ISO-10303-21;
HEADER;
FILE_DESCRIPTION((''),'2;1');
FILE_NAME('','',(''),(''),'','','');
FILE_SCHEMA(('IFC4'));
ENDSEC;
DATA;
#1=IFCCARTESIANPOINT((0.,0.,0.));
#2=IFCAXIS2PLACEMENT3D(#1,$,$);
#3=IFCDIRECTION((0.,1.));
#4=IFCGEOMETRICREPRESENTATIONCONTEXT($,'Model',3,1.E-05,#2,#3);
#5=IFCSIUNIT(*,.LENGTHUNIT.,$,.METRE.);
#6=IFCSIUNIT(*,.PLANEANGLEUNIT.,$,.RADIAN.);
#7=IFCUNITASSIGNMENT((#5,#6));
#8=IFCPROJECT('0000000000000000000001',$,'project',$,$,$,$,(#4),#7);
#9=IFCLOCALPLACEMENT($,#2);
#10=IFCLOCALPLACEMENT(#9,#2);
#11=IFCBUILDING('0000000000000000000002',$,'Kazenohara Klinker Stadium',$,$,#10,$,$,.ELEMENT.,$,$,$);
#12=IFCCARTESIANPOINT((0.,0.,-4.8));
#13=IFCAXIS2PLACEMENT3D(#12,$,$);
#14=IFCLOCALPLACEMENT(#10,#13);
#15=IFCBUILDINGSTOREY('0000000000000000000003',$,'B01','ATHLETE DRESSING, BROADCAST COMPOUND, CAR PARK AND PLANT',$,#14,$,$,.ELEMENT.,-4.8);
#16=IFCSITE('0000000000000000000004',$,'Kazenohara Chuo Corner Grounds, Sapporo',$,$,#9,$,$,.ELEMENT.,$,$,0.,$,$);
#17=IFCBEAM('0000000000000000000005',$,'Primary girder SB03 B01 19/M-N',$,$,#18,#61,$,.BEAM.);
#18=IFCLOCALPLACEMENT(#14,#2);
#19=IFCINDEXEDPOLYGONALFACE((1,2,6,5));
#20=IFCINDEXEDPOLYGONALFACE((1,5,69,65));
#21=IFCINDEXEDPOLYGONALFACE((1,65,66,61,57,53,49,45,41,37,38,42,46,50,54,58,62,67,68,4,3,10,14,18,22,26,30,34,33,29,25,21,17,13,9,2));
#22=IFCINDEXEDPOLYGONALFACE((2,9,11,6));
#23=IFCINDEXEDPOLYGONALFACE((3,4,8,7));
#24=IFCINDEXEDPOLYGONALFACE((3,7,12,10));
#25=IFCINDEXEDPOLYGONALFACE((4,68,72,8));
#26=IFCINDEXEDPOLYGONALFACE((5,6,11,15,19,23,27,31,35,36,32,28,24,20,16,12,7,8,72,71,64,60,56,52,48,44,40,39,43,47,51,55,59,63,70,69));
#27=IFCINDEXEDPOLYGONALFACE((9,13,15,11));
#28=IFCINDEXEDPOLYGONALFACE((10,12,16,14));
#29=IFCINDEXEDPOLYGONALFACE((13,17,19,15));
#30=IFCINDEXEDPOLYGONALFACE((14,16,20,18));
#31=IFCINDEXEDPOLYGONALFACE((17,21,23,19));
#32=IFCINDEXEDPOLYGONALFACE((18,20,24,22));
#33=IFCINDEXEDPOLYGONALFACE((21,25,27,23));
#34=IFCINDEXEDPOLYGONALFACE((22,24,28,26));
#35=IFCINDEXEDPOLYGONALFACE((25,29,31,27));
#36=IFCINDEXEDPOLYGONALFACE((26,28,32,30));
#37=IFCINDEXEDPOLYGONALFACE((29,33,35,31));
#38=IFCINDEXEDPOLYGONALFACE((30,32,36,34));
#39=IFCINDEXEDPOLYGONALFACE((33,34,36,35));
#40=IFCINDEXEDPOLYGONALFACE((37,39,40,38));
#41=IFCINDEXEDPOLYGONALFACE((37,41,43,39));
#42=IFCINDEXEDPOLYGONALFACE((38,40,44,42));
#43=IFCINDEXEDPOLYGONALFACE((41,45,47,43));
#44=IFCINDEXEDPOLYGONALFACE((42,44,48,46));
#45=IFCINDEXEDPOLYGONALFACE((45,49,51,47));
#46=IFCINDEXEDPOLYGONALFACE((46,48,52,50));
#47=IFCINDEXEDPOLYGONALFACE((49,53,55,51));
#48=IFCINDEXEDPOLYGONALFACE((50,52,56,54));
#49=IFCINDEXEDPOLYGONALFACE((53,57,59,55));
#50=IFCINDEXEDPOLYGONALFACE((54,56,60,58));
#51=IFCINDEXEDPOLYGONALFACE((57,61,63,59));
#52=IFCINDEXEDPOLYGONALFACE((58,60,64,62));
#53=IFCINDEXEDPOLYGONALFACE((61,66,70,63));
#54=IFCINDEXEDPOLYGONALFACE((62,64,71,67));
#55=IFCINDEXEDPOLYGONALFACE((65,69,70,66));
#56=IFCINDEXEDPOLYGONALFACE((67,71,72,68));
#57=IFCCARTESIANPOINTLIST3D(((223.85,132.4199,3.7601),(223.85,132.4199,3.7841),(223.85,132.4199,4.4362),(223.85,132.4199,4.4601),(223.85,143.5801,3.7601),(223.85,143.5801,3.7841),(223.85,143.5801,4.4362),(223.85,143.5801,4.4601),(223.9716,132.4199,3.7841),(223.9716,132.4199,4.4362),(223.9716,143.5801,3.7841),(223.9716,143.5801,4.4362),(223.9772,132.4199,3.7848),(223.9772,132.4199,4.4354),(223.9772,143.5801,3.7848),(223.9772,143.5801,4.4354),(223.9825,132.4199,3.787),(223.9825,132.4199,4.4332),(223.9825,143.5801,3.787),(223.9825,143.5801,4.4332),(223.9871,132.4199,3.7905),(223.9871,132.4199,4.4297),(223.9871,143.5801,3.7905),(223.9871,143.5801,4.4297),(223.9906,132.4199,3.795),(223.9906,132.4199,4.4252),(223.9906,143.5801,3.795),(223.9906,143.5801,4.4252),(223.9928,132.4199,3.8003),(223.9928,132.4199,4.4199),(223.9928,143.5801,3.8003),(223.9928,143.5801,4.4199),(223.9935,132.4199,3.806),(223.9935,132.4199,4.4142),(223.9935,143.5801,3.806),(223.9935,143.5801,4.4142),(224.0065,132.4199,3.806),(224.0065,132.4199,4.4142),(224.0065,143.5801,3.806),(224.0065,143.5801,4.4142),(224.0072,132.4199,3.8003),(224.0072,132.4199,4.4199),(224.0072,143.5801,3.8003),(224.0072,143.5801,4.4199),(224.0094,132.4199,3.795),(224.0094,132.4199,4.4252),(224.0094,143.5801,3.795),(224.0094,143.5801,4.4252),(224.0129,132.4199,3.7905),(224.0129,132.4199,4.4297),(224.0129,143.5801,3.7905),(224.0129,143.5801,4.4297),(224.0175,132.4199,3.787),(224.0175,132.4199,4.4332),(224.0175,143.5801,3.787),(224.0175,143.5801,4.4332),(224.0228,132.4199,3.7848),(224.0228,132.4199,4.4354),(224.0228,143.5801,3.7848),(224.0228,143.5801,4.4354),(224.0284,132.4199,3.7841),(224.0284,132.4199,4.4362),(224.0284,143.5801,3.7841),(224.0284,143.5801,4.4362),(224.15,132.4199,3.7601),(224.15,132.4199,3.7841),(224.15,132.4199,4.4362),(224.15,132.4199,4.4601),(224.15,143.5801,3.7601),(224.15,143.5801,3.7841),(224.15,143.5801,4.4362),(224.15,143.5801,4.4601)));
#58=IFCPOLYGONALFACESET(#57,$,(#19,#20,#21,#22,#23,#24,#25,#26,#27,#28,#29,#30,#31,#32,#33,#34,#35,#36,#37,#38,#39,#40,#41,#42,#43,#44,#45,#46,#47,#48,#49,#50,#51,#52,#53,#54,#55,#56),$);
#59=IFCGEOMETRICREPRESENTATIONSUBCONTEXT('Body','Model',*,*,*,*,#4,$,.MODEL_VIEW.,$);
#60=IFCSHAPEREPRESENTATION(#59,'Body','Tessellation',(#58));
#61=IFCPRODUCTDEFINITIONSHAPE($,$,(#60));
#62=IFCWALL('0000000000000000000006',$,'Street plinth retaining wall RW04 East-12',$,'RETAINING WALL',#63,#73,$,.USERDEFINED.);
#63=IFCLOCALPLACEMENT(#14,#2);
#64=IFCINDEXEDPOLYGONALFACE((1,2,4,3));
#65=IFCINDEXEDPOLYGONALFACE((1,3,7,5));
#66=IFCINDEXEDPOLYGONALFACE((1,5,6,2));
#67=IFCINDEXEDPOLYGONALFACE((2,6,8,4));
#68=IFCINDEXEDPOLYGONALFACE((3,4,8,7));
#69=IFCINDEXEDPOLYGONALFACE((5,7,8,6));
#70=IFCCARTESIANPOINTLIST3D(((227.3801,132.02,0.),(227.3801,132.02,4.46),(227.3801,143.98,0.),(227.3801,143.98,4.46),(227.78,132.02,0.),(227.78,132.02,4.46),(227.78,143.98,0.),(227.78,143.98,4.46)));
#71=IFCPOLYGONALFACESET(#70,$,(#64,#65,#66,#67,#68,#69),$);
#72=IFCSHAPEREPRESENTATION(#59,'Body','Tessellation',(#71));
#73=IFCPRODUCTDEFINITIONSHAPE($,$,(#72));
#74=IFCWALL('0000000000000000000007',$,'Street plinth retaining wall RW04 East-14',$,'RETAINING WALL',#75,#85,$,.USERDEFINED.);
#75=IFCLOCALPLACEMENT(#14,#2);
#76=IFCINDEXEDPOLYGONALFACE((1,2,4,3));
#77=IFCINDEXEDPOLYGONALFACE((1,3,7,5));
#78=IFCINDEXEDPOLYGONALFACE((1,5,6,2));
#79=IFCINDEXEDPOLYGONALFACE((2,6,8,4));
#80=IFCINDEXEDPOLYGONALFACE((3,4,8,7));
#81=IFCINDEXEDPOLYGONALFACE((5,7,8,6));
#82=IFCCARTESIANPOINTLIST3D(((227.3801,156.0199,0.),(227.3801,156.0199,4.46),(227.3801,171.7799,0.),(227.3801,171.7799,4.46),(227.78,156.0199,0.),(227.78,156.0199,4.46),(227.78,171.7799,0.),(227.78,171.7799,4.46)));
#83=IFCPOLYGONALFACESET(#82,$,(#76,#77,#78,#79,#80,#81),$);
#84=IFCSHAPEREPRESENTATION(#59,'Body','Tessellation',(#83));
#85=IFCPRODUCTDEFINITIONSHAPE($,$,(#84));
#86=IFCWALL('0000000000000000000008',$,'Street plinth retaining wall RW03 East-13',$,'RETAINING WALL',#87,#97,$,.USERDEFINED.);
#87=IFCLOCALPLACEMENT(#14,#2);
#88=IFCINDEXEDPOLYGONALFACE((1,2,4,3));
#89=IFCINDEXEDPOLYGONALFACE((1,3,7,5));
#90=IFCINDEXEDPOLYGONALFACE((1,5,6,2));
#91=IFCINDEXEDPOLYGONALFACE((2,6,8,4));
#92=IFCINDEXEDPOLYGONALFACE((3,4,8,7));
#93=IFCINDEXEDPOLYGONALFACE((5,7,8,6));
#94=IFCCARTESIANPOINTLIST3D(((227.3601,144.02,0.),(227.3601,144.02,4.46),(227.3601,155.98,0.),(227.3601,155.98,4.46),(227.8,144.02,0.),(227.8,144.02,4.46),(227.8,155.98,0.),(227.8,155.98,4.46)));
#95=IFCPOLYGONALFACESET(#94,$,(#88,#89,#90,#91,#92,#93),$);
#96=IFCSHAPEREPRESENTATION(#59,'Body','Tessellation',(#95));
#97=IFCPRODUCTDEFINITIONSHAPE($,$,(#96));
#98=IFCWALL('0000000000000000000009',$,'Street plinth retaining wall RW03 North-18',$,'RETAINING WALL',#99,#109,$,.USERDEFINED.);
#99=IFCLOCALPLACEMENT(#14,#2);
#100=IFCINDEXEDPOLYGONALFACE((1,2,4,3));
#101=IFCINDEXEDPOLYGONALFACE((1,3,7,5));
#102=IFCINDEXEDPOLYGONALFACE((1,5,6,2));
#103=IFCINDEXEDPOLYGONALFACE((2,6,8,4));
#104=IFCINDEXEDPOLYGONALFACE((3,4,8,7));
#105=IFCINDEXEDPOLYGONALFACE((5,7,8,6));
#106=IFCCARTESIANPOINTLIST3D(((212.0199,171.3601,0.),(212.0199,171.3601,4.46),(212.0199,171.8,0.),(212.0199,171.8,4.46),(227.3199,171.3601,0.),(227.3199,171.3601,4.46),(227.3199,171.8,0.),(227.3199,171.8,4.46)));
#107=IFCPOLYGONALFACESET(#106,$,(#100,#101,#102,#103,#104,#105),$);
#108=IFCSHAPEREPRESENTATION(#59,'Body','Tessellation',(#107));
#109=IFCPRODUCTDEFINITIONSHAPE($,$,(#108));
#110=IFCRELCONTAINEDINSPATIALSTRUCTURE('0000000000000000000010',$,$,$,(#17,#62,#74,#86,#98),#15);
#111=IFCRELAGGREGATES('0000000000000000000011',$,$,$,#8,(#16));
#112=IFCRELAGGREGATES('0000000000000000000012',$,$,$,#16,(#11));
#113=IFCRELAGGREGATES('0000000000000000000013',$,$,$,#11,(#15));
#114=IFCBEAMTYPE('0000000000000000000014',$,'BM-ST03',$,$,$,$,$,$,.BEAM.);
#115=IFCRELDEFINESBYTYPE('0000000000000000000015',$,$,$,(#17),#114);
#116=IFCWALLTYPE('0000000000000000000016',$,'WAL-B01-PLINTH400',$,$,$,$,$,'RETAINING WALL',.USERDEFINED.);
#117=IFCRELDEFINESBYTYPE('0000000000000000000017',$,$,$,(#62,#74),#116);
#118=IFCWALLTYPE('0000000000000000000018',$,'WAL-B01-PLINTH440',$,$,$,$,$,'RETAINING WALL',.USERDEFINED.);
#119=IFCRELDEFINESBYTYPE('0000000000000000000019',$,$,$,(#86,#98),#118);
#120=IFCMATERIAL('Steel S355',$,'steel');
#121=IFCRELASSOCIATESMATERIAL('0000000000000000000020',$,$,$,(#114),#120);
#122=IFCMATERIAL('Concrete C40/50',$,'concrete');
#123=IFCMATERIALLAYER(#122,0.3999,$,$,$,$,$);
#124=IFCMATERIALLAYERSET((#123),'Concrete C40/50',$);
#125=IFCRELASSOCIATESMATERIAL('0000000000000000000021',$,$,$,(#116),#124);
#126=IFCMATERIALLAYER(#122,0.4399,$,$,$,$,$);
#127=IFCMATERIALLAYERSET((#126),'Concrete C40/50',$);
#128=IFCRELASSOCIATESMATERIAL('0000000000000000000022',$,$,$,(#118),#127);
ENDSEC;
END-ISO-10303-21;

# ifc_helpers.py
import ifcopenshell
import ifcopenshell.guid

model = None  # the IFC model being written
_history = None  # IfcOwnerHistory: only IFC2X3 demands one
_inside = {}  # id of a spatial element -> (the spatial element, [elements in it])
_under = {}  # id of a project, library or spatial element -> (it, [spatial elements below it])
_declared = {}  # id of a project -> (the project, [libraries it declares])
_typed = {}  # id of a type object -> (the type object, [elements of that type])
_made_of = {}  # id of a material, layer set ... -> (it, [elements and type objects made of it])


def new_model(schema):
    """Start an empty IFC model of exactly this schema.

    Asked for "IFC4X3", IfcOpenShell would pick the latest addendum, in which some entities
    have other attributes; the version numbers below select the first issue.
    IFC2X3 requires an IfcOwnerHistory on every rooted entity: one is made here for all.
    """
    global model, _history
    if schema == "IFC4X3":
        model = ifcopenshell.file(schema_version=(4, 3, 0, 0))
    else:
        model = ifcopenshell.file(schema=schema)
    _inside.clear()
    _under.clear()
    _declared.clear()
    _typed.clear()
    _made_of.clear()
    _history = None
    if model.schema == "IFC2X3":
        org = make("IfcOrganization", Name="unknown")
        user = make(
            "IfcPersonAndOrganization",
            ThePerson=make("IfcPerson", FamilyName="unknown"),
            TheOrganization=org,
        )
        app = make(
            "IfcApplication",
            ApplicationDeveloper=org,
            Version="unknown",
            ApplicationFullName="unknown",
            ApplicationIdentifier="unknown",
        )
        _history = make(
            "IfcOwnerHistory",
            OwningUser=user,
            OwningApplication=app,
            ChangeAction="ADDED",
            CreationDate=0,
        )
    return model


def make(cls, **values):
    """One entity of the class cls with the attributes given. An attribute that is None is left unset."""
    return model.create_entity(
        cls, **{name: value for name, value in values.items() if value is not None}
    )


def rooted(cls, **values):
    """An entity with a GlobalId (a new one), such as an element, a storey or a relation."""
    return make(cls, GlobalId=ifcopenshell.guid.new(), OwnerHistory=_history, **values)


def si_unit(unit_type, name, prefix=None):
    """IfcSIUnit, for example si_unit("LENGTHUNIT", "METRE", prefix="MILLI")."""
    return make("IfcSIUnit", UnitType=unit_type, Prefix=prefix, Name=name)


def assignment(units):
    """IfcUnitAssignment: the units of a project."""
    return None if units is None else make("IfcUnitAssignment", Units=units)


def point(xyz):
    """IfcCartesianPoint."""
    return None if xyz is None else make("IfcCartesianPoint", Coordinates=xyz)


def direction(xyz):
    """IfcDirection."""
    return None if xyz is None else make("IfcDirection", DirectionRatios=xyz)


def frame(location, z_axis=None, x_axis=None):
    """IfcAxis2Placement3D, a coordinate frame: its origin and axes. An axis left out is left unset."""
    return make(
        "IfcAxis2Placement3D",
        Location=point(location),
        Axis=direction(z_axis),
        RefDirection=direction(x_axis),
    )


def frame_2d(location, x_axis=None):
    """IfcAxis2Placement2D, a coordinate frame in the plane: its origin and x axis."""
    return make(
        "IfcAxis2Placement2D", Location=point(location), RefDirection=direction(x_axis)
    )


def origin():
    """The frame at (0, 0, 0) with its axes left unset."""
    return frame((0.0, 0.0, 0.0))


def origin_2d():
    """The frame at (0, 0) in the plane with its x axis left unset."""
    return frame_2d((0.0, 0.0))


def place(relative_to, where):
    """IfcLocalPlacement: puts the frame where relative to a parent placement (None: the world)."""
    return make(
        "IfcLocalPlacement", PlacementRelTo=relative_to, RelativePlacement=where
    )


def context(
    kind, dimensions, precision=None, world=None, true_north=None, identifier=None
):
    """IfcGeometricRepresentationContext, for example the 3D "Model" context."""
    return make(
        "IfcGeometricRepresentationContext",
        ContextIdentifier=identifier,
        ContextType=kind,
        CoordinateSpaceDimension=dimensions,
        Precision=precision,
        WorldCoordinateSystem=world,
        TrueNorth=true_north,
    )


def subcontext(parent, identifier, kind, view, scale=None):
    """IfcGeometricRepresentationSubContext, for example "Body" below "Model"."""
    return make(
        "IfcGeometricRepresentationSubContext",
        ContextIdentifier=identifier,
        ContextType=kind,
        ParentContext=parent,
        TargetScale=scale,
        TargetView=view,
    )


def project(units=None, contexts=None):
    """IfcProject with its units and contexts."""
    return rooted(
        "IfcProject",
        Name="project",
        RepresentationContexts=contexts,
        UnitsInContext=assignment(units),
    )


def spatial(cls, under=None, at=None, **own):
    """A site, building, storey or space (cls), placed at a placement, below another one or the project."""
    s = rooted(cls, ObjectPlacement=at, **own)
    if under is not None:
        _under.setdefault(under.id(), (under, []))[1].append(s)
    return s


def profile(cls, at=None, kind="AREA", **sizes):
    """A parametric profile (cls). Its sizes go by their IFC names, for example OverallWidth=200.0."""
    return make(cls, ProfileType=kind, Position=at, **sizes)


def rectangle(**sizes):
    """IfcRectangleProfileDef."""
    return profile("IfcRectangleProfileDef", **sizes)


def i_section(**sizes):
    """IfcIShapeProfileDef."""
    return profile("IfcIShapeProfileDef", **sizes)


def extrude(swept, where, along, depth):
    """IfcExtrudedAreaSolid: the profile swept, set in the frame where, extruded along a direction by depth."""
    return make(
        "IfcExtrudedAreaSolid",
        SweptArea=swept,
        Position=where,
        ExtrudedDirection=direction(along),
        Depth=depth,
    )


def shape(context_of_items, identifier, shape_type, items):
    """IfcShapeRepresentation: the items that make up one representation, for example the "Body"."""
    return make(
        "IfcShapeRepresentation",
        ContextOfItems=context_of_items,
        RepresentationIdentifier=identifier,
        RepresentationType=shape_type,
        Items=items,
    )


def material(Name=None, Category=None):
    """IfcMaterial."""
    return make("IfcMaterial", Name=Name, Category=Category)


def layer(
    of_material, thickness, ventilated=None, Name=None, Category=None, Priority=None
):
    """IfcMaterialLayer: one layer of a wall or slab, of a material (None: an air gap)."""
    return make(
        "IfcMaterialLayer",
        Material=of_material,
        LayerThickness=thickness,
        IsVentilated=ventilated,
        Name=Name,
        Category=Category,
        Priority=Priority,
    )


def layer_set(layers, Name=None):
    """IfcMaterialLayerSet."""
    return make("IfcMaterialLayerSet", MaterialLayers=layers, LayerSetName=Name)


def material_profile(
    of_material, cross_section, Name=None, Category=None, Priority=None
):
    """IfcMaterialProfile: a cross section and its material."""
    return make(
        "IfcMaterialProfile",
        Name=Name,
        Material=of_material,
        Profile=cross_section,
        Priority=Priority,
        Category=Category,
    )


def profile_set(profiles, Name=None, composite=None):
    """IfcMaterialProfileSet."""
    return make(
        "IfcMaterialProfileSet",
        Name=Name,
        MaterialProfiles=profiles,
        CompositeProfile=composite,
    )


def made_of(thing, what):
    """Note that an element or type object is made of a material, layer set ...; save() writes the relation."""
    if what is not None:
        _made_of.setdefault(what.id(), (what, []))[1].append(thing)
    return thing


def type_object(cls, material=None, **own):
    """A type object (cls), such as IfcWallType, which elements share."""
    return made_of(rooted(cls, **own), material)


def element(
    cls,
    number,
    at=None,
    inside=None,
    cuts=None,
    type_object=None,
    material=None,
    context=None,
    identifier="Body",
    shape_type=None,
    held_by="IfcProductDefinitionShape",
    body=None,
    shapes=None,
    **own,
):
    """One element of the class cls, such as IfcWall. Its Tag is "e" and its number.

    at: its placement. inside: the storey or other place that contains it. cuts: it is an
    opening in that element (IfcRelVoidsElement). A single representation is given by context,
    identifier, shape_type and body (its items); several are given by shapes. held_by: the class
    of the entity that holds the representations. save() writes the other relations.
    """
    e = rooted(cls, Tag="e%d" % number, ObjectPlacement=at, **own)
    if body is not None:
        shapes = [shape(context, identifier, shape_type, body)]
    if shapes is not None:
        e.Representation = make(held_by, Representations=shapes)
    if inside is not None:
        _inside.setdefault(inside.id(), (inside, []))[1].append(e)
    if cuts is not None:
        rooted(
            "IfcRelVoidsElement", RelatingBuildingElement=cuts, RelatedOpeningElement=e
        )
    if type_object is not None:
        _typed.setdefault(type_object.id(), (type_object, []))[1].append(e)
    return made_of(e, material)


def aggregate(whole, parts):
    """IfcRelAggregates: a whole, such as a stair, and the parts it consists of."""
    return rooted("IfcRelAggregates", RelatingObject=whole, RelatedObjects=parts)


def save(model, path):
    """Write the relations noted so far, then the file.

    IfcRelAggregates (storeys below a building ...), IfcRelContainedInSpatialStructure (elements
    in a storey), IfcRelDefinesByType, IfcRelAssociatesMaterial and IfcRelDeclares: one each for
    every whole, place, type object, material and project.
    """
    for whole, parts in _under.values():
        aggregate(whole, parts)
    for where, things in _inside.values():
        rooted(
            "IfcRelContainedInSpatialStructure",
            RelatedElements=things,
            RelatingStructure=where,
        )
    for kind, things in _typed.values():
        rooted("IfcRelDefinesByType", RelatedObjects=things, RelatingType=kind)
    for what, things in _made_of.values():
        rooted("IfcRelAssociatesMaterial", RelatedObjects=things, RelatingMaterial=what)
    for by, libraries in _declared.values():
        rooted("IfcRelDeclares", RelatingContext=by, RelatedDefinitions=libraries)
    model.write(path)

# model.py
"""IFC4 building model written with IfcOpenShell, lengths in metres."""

from ifc_helpers import new_model, si_unit, direction, frame, frame_2d, origin, origin_2d, place, context, subcontext, project, spatial, rectangle, i_section, extrude, material, layer, layer_set, material_profile, profile_set, type_object, element, save


model = new_model("IFC4")

# Units and contexts
model_context = context("Model", 3, precision=1e-05, world=origin(), true_north=direction((0.0, 1.0)))
body_context = subcontext(model_context, "Body", "Model", "MODEL_VIEW")
ifc_project = project(units=[si_unit("LENGTHUNIT", "METRE"), si_unit("PLANEANGLEUNIT", "RADIAN")], contexts=[model_context])

# Site, building, storey
site_placement = place(None, origin())
site = spatial("IfcSite", under=ifc_project, at=site_placement, Name="Kazenohara Chuo Corner Grounds, Sapporo", CompositionType="ELEMENT", RefElevation=0.0)
building_placement = place(site_placement, origin())
building = spatial("IfcBuilding", under=site, at=building_placement, Name="Kazenohara Klinker Stadium", CompositionType="ELEMENT")
storey_placement = place(building_placement, frame((0.0, 0.0, -4.8)))
storey = spatial("IfcBuildingStorey", under=building, at=storey_placement, Name="B01", Description="ATHLETE DRESSING, BROADCAST COMPOUND, CAR PARK AND PLANT", CompositionType="ELEMENT", Elevation=-4.8)

# Shared definitions
ifc_material_1 = material(Name="Concrete C40/50", Category="concrete")

# Beam
ifc_material_2 = material(Name="Steel S355", Category="steel")
ifc_material_profile_1 = material_profile(ifc_material_2, i_section(OverallWidth=0.3, OverallDepth=0.7, WebThickness=0.0129, FlangeThickness=0.0239, FilletRadius=0.022, at=origin_2d()), Name="H-700x300x13x24")
ifc_profile_set_1 = profile_set([ifc_material_profile_1], Name="Steel S355")
beam_type_1 = type_object("IfcBeamType", Name="BM-ST03", PredefinedType="BEAM", material=ifc_profile_set_1)
for number, where, z_axis, x_axis, name in (
    (1, (224.0, 132.4199, 4.1101), (0.0, 1.0, 0.0), (-1.0, 0.0, 0.0), "Primary girder SB03 B01 19/M-N"),
):
    element("IfcBeam", number, at=place(storey_placement, frame(where, z_axis=z_axis, x_axis=x_axis)), inside=storey, type_object=beam_type_1, Name=name, PredefinedType="BEAM", context=body_context, shape_type="SweptSolid", body=[
        extrude(i_section(OverallWidth=0.3, OverallDepth=0.7, WebThickness=0.0129, FlangeThickness=0.0239, FilletRadius=0.022, at=origin_2d()), origin(), (0.0, 0.0, 1.0), 11.1602),
    ])

# Walls
ifc_layer_1 = layer(ifc_material_1, 0.3999)
ifc_layer_set_1 = layer_set([ifc_layer_1], Name="Concrete C40/50")
wall_type_1 = type_object("IfcWallType", Name="WAL-B01-PLINTH400", ElementType="RETAINING WALL", PredefinedType="USERDEFINED", material=ifc_layer_set_1)
wall_1_placement = place(storey_placement, frame((227.5801, 132.02, 0.0), z_axis=(0.0, 0.0, 1.0), x_axis=(0.0, 1.0, 0.0)))
element("IfcWall", 2, at=wall_1_placement, inside=storey, type_object=wall_type_1, Name="Street plinth retaining wall RW04 East-12", ObjectType="RETAINING WALL", PredefinedType="USERDEFINED", context=body_context, shape_type="SweptSolid", body=[
    extrude(rectangle(XDim=11.96, YDim=0.3999, at=frame_2d((5.98, 0.0))), origin(), (0.0, 0.0, 1.0), 4.46),
])
wall_2_placement = place(storey_placement, frame((227.5801, 156.02, 0.0), z_axis=(0.0, 0.0, 1.0), x_axis=(0.0, 1.0, 0.0)))
element("IfcWall", 3, at=wall_2_placement, inside=storey, type_object=wall_type_1, Name="Street plinth retaining wall RW04 East-14", ObjectType="RETAINING WALL", PredefinedType="USERDEFINED", context=body_context, shape_type="SweptSolid", body=[
    extrude(rectangle(XDim=15.76, YDim=0.3999, at=frame_2d((7.8799, 0.0))), origin(), (0.0, 0.0, 1.0), 4.46),
])
ifc_layer_2 = layer(ifc_material_1, 0.4399)
ifc_layer_set_2 = layer_set([ifc_layer_2], Name="Concrete C40/50")
wall_type_2 = type_object("IfcWallType", Name="WAL-B01-PLINTH440", ElementType="RETAINING WALL", PredefinedType="USERDEFINED", material=ifc_layer_set_2)
wall_3_placement = place(storey_placement, frame((227.5801, 144.02, 0.0), z_axis=(0.0, 0.0, 1.0), x_axis=(0.0, 1.0, 0.0)))
element("IfcWall", 4, at=wall_3_placement, inside=storey, type_object=wall_type_2, Name="Street plinth retaining wall RW03 East-13", ObjectType="RETAINING WALL", PredefinedType="USERDEFINED", context=body_context, shape_type="SweptSolid", body=[
    extrude(rectangle(XDim=11.96, YDim=0.4399, at=frame_2d((5.98, 0.0))), origin(), (0.0, 0.0, 1.0), 4.46),
])
wall_4_placement = place(storey_placement, frame((212.02, 171.5801, 0.0), z_axis=(0.0, 0.0, 1.0), x_axis=(1.0, 0.0, 0.0)))
element("IfcWall", 5, at=wall_4_placement, inside=storey, type_object=wall_type_2, Name="Street plinth retaining wall RW03 North-18", ObjectType="RETAINING WALL", PredefinedType="USERDEFINED", context=body_context, shape_type="SweptSolid", body=[
    extrude(rectangle(XDim=15.3, YDim=0.4399, at=frame_2d((7.6499, 0.0))), origin(), (0.0, 0.0, 1.0), 4.46),
])

save(model, "model.ifc")
